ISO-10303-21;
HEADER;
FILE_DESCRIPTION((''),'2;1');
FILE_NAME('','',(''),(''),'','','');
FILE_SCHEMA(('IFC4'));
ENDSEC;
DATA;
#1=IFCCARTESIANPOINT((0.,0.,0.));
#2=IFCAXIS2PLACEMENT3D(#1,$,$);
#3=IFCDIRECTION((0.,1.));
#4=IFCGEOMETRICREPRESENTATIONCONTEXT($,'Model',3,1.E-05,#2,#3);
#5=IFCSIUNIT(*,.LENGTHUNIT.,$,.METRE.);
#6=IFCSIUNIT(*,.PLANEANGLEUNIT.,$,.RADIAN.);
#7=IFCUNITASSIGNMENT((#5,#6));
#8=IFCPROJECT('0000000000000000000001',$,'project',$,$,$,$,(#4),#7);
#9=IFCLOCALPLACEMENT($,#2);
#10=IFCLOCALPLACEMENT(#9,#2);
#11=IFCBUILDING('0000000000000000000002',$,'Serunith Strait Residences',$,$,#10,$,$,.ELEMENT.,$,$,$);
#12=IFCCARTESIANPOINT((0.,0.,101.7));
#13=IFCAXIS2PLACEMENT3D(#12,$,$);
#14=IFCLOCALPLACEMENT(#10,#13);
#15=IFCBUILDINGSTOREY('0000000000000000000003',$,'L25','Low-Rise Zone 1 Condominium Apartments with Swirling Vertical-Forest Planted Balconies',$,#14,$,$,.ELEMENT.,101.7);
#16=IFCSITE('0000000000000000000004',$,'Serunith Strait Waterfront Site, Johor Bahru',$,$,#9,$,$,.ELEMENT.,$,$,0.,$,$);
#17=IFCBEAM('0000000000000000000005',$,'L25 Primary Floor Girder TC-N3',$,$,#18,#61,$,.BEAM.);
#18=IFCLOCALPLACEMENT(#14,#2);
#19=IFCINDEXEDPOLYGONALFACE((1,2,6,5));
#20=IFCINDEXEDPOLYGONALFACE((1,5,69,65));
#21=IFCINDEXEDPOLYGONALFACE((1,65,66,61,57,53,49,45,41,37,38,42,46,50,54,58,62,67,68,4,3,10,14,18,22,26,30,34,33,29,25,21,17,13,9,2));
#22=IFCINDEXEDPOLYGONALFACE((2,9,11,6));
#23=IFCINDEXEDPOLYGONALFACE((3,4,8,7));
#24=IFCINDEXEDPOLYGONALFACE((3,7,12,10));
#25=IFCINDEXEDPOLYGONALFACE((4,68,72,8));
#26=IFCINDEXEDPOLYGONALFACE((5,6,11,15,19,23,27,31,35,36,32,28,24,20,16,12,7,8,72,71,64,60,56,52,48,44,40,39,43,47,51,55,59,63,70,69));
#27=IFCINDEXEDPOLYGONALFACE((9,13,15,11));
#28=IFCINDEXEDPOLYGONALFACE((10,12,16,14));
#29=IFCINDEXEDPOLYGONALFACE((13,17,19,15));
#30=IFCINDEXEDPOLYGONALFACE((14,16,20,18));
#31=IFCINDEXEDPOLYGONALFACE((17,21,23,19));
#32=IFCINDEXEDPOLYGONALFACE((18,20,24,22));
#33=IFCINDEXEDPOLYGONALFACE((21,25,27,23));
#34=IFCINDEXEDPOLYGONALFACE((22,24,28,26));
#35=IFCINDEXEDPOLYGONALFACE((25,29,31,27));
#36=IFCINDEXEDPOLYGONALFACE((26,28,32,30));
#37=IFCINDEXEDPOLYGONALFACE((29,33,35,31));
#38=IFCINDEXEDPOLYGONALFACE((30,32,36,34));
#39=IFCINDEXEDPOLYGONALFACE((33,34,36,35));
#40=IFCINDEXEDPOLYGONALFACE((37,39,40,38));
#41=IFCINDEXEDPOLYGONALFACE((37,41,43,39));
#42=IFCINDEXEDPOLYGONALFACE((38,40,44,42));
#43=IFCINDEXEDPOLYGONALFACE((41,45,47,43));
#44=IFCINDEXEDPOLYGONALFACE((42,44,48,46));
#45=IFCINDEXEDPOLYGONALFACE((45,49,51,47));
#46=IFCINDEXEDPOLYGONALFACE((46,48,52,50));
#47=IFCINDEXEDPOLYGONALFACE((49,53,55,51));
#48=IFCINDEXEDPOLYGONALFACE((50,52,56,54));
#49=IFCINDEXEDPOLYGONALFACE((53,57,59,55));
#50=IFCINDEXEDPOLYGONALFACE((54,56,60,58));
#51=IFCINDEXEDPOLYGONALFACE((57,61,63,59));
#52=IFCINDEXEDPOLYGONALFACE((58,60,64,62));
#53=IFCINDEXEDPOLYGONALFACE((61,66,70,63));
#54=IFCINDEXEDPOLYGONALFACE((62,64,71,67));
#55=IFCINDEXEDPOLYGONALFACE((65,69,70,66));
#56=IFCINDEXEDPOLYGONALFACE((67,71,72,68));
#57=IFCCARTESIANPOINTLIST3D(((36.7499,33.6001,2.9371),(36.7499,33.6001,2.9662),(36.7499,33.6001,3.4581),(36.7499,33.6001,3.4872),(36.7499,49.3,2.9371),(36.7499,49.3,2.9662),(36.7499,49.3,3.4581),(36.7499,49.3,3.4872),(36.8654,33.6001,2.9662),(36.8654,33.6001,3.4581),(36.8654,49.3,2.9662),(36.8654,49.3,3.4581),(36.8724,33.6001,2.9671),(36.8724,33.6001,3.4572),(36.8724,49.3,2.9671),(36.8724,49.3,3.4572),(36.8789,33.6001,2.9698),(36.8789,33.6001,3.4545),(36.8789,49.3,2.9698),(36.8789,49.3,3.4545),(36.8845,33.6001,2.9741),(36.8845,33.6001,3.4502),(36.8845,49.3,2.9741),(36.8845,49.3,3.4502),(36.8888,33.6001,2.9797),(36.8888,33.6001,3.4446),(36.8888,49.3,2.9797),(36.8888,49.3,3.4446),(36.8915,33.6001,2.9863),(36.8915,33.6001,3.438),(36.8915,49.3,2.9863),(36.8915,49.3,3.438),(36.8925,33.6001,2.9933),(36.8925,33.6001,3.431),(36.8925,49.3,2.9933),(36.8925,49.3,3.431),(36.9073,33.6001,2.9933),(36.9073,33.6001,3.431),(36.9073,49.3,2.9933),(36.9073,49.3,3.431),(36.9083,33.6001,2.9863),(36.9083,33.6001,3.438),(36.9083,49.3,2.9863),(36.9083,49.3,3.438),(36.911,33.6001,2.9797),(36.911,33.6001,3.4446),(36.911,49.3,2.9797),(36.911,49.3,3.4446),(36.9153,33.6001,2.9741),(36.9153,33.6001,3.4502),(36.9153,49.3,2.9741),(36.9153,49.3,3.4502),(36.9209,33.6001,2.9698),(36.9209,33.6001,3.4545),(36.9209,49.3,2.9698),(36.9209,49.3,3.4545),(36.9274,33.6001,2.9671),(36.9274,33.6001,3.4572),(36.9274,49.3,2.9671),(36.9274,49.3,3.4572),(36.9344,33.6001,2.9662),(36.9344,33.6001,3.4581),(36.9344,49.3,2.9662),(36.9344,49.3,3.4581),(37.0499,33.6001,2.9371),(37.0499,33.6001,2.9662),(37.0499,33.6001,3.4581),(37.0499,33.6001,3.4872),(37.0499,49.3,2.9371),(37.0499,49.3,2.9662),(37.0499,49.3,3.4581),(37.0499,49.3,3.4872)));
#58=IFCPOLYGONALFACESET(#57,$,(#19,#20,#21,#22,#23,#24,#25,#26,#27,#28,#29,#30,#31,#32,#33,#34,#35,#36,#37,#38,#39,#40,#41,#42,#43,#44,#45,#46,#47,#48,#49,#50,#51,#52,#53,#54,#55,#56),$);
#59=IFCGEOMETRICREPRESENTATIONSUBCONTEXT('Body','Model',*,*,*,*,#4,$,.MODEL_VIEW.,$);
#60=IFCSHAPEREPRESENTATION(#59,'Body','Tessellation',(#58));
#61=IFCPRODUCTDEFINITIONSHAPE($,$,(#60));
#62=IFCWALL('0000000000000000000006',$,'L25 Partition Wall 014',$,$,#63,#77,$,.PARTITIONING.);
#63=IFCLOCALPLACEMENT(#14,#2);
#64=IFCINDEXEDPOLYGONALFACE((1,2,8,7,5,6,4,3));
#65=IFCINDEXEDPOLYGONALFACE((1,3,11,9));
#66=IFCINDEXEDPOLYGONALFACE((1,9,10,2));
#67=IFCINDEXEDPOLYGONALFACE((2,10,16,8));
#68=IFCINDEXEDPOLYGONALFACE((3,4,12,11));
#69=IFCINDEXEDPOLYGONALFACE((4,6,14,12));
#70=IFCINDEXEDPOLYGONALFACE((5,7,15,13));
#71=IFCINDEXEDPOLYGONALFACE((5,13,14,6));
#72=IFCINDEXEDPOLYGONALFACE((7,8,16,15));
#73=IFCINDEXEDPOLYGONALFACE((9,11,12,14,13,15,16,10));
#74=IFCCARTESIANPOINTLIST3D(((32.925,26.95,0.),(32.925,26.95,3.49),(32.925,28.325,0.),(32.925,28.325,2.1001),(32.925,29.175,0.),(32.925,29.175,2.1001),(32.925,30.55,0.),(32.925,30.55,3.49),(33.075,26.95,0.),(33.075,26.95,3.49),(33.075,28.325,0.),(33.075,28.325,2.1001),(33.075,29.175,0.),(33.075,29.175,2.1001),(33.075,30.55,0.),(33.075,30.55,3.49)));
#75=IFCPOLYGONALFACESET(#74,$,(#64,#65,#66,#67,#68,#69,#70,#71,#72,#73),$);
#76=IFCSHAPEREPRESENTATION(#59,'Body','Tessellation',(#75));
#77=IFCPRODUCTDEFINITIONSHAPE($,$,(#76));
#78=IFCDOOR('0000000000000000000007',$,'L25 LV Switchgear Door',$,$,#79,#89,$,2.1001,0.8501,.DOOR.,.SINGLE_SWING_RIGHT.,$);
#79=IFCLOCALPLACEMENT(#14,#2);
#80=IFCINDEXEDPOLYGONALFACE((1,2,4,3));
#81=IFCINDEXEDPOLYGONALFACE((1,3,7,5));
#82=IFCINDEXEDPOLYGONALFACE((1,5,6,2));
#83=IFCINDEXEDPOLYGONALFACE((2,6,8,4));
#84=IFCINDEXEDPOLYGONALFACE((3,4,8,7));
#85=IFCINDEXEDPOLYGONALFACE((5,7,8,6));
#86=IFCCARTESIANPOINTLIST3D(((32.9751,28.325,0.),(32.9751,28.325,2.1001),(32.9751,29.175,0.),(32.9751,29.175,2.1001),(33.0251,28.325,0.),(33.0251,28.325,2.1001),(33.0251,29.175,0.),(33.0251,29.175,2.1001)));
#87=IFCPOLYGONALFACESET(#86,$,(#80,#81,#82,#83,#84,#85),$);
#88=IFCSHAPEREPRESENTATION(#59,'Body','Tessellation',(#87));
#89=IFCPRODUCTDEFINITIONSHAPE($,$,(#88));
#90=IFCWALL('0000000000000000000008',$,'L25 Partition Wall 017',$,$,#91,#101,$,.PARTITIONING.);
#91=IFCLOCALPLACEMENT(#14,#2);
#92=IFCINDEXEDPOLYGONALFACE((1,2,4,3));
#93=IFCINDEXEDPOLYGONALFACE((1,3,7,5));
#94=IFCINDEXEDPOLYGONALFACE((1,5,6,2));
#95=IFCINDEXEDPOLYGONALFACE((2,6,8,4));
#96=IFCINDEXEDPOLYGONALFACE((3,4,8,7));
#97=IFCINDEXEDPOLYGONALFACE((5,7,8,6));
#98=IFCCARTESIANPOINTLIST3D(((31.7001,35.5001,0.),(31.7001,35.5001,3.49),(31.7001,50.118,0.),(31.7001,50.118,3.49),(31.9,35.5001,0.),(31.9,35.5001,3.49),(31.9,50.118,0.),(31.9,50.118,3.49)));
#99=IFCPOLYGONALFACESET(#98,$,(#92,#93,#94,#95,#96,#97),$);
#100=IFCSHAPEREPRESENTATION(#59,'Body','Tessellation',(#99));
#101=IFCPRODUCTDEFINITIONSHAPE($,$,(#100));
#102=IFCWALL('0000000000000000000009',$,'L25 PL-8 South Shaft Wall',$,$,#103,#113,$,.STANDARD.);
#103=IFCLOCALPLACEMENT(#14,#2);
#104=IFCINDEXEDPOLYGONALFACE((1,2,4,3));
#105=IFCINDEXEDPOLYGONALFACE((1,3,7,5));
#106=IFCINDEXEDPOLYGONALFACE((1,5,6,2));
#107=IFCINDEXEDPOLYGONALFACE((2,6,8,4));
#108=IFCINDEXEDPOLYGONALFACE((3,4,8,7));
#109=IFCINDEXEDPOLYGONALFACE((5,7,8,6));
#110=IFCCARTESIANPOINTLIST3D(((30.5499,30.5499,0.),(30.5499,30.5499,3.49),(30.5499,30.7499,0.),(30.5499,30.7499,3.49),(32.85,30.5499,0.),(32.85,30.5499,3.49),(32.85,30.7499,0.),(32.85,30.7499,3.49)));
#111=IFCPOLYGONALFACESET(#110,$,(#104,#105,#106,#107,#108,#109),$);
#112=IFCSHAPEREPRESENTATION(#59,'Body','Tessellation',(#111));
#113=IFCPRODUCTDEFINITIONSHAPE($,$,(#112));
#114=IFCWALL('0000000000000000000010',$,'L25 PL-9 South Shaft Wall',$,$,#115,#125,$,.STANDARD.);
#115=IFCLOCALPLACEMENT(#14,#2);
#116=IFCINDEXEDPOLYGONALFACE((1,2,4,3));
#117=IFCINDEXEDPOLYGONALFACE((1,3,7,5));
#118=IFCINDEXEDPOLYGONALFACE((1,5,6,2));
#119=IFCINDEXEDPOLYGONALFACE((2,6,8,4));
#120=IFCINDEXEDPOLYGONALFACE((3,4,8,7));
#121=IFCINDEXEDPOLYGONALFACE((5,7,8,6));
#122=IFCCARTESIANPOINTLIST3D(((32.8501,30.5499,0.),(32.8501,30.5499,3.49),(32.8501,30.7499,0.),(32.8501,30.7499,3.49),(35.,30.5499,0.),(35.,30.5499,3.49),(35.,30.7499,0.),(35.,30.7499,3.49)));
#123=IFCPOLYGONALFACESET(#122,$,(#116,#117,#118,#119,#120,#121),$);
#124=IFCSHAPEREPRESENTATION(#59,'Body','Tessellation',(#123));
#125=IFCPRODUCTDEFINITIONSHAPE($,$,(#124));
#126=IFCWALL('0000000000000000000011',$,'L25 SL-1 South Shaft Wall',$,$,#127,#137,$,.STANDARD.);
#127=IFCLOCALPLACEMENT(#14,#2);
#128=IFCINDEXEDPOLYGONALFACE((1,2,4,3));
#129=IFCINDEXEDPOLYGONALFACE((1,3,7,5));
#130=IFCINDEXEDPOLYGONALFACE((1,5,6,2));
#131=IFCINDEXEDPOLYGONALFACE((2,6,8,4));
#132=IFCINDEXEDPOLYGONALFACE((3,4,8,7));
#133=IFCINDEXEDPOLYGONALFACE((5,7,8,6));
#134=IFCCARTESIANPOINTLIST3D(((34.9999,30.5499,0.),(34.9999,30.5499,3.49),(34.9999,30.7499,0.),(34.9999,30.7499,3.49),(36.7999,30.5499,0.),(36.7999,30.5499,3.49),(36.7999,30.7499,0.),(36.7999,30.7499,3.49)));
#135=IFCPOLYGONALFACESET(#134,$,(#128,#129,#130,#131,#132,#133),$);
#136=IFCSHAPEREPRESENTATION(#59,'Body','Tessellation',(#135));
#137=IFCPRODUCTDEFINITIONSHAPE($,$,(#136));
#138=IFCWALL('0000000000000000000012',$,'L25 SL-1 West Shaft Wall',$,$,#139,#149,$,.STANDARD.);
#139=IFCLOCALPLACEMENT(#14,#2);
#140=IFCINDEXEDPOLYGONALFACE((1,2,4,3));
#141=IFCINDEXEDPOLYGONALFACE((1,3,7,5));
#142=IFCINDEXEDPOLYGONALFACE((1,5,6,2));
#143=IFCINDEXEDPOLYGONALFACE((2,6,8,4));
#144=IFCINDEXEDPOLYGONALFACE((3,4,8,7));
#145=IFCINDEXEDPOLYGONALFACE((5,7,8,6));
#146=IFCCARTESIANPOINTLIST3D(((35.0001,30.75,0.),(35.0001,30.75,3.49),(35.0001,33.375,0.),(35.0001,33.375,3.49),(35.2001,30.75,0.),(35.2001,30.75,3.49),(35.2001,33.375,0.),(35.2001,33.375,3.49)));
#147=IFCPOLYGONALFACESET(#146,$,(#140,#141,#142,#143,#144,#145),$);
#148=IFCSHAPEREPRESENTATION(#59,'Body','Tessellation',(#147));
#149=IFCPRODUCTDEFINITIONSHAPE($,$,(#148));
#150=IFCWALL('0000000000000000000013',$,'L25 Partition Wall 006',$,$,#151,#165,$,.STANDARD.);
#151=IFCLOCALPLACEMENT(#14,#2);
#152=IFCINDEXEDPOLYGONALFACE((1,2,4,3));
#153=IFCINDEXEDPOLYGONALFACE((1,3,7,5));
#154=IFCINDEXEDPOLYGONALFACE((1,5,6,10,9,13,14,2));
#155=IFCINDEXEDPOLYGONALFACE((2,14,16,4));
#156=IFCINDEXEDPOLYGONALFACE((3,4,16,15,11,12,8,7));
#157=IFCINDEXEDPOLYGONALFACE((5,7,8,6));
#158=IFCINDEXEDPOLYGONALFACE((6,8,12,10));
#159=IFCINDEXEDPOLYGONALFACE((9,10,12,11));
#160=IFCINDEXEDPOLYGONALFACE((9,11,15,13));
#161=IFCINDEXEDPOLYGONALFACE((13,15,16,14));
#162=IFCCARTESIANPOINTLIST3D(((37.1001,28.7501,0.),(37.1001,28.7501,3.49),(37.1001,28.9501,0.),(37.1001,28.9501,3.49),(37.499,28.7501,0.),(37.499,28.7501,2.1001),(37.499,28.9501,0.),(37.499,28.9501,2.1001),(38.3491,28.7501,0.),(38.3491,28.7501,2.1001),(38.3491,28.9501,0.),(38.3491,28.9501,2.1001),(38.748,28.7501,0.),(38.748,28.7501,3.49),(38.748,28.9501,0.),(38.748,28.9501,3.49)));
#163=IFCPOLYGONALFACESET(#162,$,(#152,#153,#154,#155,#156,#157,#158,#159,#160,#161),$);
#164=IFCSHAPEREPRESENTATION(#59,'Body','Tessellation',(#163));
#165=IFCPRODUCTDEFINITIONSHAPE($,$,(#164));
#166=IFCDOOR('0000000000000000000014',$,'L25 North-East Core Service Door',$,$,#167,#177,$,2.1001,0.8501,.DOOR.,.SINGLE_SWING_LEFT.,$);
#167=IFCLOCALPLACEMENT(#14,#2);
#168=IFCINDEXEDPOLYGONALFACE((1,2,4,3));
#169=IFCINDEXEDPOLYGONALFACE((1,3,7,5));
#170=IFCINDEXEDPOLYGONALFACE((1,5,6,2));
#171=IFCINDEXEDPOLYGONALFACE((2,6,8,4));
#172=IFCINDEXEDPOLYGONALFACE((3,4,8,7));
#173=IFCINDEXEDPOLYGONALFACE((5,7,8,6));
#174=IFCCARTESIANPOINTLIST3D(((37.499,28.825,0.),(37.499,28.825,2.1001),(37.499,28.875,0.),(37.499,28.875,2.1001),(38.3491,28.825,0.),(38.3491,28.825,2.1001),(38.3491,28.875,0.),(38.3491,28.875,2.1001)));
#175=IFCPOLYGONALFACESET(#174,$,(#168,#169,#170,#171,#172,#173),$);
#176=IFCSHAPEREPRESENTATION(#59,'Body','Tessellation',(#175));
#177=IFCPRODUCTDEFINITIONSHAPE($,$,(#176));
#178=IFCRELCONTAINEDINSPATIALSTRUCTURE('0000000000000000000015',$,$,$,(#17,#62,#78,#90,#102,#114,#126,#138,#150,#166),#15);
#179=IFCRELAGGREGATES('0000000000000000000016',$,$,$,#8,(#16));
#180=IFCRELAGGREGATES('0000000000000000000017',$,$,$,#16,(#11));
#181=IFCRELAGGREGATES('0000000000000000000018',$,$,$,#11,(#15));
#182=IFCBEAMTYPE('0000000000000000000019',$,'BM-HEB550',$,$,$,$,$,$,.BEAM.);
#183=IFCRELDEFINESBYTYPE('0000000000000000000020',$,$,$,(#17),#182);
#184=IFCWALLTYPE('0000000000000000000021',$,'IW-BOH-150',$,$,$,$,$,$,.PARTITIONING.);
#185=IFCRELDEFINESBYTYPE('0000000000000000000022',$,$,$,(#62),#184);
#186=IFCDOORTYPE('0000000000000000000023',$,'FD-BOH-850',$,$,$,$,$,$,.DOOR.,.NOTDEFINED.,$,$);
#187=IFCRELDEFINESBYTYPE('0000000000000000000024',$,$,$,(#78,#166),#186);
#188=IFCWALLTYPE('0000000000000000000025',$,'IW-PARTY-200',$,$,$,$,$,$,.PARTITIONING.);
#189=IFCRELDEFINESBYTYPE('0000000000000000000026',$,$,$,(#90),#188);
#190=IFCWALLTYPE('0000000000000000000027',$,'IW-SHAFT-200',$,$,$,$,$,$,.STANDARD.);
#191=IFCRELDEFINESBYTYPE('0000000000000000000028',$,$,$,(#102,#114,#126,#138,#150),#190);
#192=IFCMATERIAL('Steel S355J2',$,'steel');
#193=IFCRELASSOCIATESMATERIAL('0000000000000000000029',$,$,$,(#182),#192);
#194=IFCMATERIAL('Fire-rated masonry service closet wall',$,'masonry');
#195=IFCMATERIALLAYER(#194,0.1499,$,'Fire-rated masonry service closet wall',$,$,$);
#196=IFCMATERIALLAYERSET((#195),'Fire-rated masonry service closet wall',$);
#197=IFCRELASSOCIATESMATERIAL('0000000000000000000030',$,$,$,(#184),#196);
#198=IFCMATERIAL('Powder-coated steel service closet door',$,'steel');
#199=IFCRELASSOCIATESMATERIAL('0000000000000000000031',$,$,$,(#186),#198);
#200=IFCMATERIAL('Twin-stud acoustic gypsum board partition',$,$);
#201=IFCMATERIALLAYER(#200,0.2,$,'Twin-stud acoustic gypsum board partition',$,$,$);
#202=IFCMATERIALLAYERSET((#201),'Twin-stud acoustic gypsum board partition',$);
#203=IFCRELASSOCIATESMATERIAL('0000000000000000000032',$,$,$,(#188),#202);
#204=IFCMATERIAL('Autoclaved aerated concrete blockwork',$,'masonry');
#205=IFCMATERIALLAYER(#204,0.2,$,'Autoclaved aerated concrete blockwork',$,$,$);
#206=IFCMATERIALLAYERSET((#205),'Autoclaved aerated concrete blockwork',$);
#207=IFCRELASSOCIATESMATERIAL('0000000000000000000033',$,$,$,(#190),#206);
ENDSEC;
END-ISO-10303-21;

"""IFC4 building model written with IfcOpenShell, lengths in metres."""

from ifc_helpers import new_model, si_unit, direction, frame, frame_2d, origin, origin_2d, place, context, subcontext, project, spatial, rectangle, i_section, extrude, source, transform, mapped, material, layer, layer_set, material_profile, profile_set, type_object, element, fill, save


model = new_model("IFC4")

# Units and contexts
model_context = context("Model", 3, precision=1e-05, world=origin(), true_north=direction((0.0, 1.0)))
body_context = subcontext(model_context, "Body", "Model", "MODEL_VIEW")
ifc_project = project(units=[si_unit("LENGTHUNIT", "METRE"), si_unit("PLANEANGLEUNIT", "RADIAN")], contexts=[model_context])

# Site, building, storey
site_placement = place(None, origin())
site = spatial("IfcSite", under=ifc_project, at=site_placement, Name="Serunith Strait Waterfront Site, Johor Bahru", CompositionType="ELEMENT", RefElevation=0.0)
building_placement = place(site_placement, origin())
building = spatial("IfcBuilding", under=site, at=building_placement, Name="Serunith Strait Residences", CompositionType="ELEMENT")
storey_placement = place(building_placement, frame((0.0, 0.0, 101.7)))
storey = spatial("IfcBuildingStorey", under=building, at=storey_placement, Name="L25", Description="Low-Rise Zone 1 Condominium Apartments with Swirling Vertical-Forest Planted Balconies", CompositionType="ELEMENT", Elevation=101.7)

# Beam
ifc_material_1 = material(Name="Steel S355J2", Category="steel")
ifc_material_profile = material_profile(ifc_material_1, i_section(OverallWidth=0.3, OverallDepth=0.55, WebThickness=0.0149, FlangeThickness=0.0291, FilletRadius=0.0271, at=origin_2d()), Name="HEB 550")
ifc_profile_set = profile_set([ifc_material_profile], Name="Steel S355J2")
beam_type = type_object("IfcBeamType", Name="BM-HEB550", PredefinedType="BEAM", material=ifc_profile_set)
shared_shape_1 = source(origin(), body_context, "Body", "SweptSolid", [
    extrude(i_section(OverallWidth=0.3, OverallDepth=0.55, WebThickness=0.0149, FlangeThickness=0.0291, FilletRadius=0.0271, at=origin_2d()), origin(), (0.0, 0.0, 1.0), 15.7),
])
beam_placement = place(storey_placement, frame((36.8999, 33.6001, 3.2122), z_axis=(0.0, 1.0, 0.0), x_axis=(-1.0, 0.0, 0.0)))
element("IfcBeam", 1, at=beam_placement, inside=storey, type_object=beam_type, Name="L25 Primary Floor Girder TC-N3", PredefinedType="BEAM", context=body_context, shape_type="MappedRepresentation", body=[
    mapped(shared_shape_1, transform((0.0, 0.0, 0.0), scale=1.0)),
])

# Wall, opening, door
ifc_material_2 = material(Name="Fire-rated masonry service closet wall", Category="masonry")
ifc_layer_1 = layer(ifc_material_2, 0.1499, Name="Fire-rated masonry service closet wall")
ifc_layer_set_1 = layer_set([ifc_layer_1], Name="Fire-rated masonry service closet wall")
wall_type_1 = type_object("IfcWallType", Name="IW-BOH-150", PredefinedType="PARTITIONING", material=ifc_layer_set_1)
wall_1_placement = place(storey_placement, frame((33.0, 26.95, 0.0), z_axis=(0.0, 0.0, 1.0), x_axis=(0.0, 1.0, 0.0)))
wall_1 = element("IfcWall", 2, at=wall_1_placement, inside=storey, type_object=wall_type_1, Name="L25 Partition Wall 014", PredefinedType="PARTITIONING", context=body_context, shape_type="SweptSolid", body=[
    extrude(rectangle(XDim=3.6001, YDim=0.1499, at=frame_2d((1.8, 0.0))), origin(), (0.0, 0.0, 1.0), 3.49),
])
opening_1_placement = place(wall_1_placement, frame((1.375, 0.0, 0.0)))
opening_1 = element("IfcOpeningElement", 3, at=opening_1_placement, cuts=wall_1, PredefinedType="OPENING", context=body_context, shape_type="SweptSolid", body=[
    extrude(rectangle(XDim=0.8501, YDim=2.1001, at=frame_2d((0.425, 1.05))), frame((0.0, 0.085, 0.0), z_axis=(0.0, -1.0, 0.0), x_axis=(1.0, 0.0, 0.0)), (0.0, 0.0, 1.0), 0.1699),
])
ifc_material_3 = material(Name="Powder-coated steel service closet door", Category="steel")
door_type_1 = type_object("IfcDoorType", Name="FD-BOH-850", OperationType="NOTDEFINED", PredefinedType="DOOR", material=ifc_material_3)
shared_shape_2 = source(origin(), body_context, "Body", "SweptSolid", [
    extrude(rectangle(XDim=0.8501, YDim=2.1001, at=frame_2d((0.425, 1.05))), frame((0.0, 0.0249, 0.0), z_axis=(0.0, -1.0, 0.0), x_axis=(1.0, 0.0, 0.0)), (0.0, 0.0, 1.0), 0.05),
])
door_1_placement = place(opening_1_placement, origin())
door_1 = element("IfcDoor", 4, at=door_1_placement, inside=storey, type_object=door_type_1, Name="L25 LV Switchgear Door", OperationType="SINGLE_SWING_RIGHT", OverallHeight=2.1001, OverallWidth=0.8501, PredefinedType="DOOR", context=body_context, shape_type="MappedRepresentation", body=[
    mapped(shared_shape_2, transform((0.0, 0.0, 0.0), scale=1.0)),
])
fill(opening_1, door_1)

# Wall
ifc_material_4 = material(Name="Twin-stud acoustic gypsum board partition")
ifc_layer_2 = layer(ifc_material_4, 0.2, Name="Twin-stud acoustic gypsum board partition")
ifc_layer_set_2 = layer_set([ifc_layer_2], Name="Twin-stud acoustic gypsum board partition")
wall_type_2 = type_object("IfcWallType", Name="IW-PARTY-200", PredefinedType="PARTITIONING", material=ifc_layer_set_2)
wall_2_placement = place(storey_placement, frame((31.8, 35.5, 0.0), z_axis=(0.0, 0.0, 1.0), x_axis=(0.0, 1.0, 0.0)))
element("IfcWall", 5, at=wall_2_placement, inside=storey, type_object=wall_type_2, Name="L25 Partition Wall 017", PredefinedType="PARTITIONING", context=body_context, shape_type="SweptSolid", body=[
    extrude(rectangle(XDim=14.6179, YDim=0.2, at=frame_2d((7.3091, 0.0))), origin(), (0.0, 0.0, 1.0), 3.49),
])

# Shared definitions
ifc_material_5 = material(Name="Autoclaved aerated concrete blockwork", Category="masonry")
ifc_layer_3 = layer(ifc_material_5, 0.2, Name="Autoclaved aerated concrete blockwork")
ifc_layer_set_3 = layer_set([ifc_layer_3], Name="Autoclaved aerated concrete blockwork")
wall_type_3 = type_object("IfcWallType", Name="IW-SHAFT-200", PredefinedType="STANDARD", material=ifc_layer_set_3)

# Walls
wall_3_placement = place(storey_placement, frame((30.55, 30.6499, 0.0), z_axis=(0.0, 0.0, 1.0), x_axis=(1.0, 0.0, 0.0)))
element("IfcWall", 6, at=wall_3_placement, inside=storey, type_object=wall_type_3, Name="L25 PL-8 South Shaft Wall", PredefinedType="STANDARD", context=body_context, shape_type="SweptSolid", body=[
    extrude(rectangle(XDim=2.3, YDim=0.2, at=frame_2d((1.1499, 0.0))), origin(), (0.0, 0.0, 1.0), 3.49),
])
wall_4_placement = place(storey_placement, frame((32.8501, 30.6499, 0.0), z_axis=(0.0, 0.0, 1.0), x_axis=(1.0, 0.0, 0.0)))
element("IfcWall", 7, at=wall_4_placement, inside=storey, type_object=wall_type_3, Name="L25 PL-9 South Shaft Wall", PredefinedType="STANDARD", context=body_context, shape_type="SweptSolid", body=[
    extrude(rectangle(XDim=2.1499, YDim=0.2, at=frame_2d((1.075, 0.0))), origin(), (0.0, 0.0, 1.0), 3.49),
])
wall_5_placement = place(storey_placement, frame((35.0, 30.6499, 0.0), z_axis=(0.0, 0.0, 1.0), x_axis=(1.0, 0.0, 0.0)))
element("IfcWall", 8, at=wall_5_placement, inside=storey, type_object=wall_type_3, Name="L25 SL-1 South Shaft Wall", PredefinedType="STANDARD", context=body_context, shape_type="SweptSolid", body=[
    extrude(rectangle(XDim=1.8, YDim=0.2, at=frame_2d((0.8999, 0.0))), origin(), (0.0, 0.0, 1.0), 3.49),
])
wall_6_placement = place(storey_placement, frame((35.1001, 30.75, 0.0), z_axis=(0.0, 0.0, 1.0), x_axis=(0.0, 1.0, 0.0)))
element("IfcWall", 9, at=wall_6_placement, inside=storey, type_object=wall_type_3, Name="L25 SL-1 West Shaft Wall", PredefinedType="STANDARD", context=body_context, shape_type="SweptSolid", body=[
    extrude(rectangle(XDim=2.625, YDim=0.2, at=frame_2d((1.3125, 0.0))), origin(), (0.0, 0.0, 1.0), 3.49),
])

# Wall, opening, door
wall_7_placement = place(storey_placement, frame((37.1001, 28.8501, 0.0), z_axis=(0.0, 0.0, 1.0), x_axis=(1.0, 0.0, 0.0)))
wall_7 = element("IfcWall", 10, at=wall_7_placement, inside=storey, type_object=wall_type_3, Name="L25 Partition Wall 006", PredefinedType="STANDARD", context=body_context, shape_type="SweptSolid", body=[
    extrude(rectangle(XDim=1.6479, YDim=0.2, at=frame_2d((0.824, 0.0))), origin(), (0.0, 0.0, 1.0), 3.49),
])
opening_2_placement = place(wall_7_placement, frame((0.3989, 0.0, 0.0)))
opening_2 = element("IfcOpeningElement", 11, at=opening_2_placement, cuts=wall_7, PredefinedType="OPENING", context=body_context, shape_type="SweptSolid", body=[
    extrude(rectangle(XDim=0.8501, YDim=2.1001, at=frame_2d((0.425, 1.05))), frame((0.0, 0.1099, 0.0), z_axis=(0.0, -1.0, 0.0), x_axis=(1.0, 0.0, 0.0)), (0.0, 0.0, 1.0), 0.22),
])
door_2_placement = place(opening_2_placement, origin())
door_2 = element("IfcDoor", 12, at=door_2_placement, inside=storey, type_object=door_type_1, Name="L25 North-East Core Service Door", OperationType="SINGLE_SWING_LEFT", OverallHeight=2.1001, OverallWidth=0.8501, PredefinedType="DOOR", context=body_context, shape_type="MappedRepresentation", body=[
    mapped(shared_shape_2, transform((0.0, 0.0, 0.0), scale=1.0)),
])
fill(opening_2, door_2)

save(model, "model.ifc")
